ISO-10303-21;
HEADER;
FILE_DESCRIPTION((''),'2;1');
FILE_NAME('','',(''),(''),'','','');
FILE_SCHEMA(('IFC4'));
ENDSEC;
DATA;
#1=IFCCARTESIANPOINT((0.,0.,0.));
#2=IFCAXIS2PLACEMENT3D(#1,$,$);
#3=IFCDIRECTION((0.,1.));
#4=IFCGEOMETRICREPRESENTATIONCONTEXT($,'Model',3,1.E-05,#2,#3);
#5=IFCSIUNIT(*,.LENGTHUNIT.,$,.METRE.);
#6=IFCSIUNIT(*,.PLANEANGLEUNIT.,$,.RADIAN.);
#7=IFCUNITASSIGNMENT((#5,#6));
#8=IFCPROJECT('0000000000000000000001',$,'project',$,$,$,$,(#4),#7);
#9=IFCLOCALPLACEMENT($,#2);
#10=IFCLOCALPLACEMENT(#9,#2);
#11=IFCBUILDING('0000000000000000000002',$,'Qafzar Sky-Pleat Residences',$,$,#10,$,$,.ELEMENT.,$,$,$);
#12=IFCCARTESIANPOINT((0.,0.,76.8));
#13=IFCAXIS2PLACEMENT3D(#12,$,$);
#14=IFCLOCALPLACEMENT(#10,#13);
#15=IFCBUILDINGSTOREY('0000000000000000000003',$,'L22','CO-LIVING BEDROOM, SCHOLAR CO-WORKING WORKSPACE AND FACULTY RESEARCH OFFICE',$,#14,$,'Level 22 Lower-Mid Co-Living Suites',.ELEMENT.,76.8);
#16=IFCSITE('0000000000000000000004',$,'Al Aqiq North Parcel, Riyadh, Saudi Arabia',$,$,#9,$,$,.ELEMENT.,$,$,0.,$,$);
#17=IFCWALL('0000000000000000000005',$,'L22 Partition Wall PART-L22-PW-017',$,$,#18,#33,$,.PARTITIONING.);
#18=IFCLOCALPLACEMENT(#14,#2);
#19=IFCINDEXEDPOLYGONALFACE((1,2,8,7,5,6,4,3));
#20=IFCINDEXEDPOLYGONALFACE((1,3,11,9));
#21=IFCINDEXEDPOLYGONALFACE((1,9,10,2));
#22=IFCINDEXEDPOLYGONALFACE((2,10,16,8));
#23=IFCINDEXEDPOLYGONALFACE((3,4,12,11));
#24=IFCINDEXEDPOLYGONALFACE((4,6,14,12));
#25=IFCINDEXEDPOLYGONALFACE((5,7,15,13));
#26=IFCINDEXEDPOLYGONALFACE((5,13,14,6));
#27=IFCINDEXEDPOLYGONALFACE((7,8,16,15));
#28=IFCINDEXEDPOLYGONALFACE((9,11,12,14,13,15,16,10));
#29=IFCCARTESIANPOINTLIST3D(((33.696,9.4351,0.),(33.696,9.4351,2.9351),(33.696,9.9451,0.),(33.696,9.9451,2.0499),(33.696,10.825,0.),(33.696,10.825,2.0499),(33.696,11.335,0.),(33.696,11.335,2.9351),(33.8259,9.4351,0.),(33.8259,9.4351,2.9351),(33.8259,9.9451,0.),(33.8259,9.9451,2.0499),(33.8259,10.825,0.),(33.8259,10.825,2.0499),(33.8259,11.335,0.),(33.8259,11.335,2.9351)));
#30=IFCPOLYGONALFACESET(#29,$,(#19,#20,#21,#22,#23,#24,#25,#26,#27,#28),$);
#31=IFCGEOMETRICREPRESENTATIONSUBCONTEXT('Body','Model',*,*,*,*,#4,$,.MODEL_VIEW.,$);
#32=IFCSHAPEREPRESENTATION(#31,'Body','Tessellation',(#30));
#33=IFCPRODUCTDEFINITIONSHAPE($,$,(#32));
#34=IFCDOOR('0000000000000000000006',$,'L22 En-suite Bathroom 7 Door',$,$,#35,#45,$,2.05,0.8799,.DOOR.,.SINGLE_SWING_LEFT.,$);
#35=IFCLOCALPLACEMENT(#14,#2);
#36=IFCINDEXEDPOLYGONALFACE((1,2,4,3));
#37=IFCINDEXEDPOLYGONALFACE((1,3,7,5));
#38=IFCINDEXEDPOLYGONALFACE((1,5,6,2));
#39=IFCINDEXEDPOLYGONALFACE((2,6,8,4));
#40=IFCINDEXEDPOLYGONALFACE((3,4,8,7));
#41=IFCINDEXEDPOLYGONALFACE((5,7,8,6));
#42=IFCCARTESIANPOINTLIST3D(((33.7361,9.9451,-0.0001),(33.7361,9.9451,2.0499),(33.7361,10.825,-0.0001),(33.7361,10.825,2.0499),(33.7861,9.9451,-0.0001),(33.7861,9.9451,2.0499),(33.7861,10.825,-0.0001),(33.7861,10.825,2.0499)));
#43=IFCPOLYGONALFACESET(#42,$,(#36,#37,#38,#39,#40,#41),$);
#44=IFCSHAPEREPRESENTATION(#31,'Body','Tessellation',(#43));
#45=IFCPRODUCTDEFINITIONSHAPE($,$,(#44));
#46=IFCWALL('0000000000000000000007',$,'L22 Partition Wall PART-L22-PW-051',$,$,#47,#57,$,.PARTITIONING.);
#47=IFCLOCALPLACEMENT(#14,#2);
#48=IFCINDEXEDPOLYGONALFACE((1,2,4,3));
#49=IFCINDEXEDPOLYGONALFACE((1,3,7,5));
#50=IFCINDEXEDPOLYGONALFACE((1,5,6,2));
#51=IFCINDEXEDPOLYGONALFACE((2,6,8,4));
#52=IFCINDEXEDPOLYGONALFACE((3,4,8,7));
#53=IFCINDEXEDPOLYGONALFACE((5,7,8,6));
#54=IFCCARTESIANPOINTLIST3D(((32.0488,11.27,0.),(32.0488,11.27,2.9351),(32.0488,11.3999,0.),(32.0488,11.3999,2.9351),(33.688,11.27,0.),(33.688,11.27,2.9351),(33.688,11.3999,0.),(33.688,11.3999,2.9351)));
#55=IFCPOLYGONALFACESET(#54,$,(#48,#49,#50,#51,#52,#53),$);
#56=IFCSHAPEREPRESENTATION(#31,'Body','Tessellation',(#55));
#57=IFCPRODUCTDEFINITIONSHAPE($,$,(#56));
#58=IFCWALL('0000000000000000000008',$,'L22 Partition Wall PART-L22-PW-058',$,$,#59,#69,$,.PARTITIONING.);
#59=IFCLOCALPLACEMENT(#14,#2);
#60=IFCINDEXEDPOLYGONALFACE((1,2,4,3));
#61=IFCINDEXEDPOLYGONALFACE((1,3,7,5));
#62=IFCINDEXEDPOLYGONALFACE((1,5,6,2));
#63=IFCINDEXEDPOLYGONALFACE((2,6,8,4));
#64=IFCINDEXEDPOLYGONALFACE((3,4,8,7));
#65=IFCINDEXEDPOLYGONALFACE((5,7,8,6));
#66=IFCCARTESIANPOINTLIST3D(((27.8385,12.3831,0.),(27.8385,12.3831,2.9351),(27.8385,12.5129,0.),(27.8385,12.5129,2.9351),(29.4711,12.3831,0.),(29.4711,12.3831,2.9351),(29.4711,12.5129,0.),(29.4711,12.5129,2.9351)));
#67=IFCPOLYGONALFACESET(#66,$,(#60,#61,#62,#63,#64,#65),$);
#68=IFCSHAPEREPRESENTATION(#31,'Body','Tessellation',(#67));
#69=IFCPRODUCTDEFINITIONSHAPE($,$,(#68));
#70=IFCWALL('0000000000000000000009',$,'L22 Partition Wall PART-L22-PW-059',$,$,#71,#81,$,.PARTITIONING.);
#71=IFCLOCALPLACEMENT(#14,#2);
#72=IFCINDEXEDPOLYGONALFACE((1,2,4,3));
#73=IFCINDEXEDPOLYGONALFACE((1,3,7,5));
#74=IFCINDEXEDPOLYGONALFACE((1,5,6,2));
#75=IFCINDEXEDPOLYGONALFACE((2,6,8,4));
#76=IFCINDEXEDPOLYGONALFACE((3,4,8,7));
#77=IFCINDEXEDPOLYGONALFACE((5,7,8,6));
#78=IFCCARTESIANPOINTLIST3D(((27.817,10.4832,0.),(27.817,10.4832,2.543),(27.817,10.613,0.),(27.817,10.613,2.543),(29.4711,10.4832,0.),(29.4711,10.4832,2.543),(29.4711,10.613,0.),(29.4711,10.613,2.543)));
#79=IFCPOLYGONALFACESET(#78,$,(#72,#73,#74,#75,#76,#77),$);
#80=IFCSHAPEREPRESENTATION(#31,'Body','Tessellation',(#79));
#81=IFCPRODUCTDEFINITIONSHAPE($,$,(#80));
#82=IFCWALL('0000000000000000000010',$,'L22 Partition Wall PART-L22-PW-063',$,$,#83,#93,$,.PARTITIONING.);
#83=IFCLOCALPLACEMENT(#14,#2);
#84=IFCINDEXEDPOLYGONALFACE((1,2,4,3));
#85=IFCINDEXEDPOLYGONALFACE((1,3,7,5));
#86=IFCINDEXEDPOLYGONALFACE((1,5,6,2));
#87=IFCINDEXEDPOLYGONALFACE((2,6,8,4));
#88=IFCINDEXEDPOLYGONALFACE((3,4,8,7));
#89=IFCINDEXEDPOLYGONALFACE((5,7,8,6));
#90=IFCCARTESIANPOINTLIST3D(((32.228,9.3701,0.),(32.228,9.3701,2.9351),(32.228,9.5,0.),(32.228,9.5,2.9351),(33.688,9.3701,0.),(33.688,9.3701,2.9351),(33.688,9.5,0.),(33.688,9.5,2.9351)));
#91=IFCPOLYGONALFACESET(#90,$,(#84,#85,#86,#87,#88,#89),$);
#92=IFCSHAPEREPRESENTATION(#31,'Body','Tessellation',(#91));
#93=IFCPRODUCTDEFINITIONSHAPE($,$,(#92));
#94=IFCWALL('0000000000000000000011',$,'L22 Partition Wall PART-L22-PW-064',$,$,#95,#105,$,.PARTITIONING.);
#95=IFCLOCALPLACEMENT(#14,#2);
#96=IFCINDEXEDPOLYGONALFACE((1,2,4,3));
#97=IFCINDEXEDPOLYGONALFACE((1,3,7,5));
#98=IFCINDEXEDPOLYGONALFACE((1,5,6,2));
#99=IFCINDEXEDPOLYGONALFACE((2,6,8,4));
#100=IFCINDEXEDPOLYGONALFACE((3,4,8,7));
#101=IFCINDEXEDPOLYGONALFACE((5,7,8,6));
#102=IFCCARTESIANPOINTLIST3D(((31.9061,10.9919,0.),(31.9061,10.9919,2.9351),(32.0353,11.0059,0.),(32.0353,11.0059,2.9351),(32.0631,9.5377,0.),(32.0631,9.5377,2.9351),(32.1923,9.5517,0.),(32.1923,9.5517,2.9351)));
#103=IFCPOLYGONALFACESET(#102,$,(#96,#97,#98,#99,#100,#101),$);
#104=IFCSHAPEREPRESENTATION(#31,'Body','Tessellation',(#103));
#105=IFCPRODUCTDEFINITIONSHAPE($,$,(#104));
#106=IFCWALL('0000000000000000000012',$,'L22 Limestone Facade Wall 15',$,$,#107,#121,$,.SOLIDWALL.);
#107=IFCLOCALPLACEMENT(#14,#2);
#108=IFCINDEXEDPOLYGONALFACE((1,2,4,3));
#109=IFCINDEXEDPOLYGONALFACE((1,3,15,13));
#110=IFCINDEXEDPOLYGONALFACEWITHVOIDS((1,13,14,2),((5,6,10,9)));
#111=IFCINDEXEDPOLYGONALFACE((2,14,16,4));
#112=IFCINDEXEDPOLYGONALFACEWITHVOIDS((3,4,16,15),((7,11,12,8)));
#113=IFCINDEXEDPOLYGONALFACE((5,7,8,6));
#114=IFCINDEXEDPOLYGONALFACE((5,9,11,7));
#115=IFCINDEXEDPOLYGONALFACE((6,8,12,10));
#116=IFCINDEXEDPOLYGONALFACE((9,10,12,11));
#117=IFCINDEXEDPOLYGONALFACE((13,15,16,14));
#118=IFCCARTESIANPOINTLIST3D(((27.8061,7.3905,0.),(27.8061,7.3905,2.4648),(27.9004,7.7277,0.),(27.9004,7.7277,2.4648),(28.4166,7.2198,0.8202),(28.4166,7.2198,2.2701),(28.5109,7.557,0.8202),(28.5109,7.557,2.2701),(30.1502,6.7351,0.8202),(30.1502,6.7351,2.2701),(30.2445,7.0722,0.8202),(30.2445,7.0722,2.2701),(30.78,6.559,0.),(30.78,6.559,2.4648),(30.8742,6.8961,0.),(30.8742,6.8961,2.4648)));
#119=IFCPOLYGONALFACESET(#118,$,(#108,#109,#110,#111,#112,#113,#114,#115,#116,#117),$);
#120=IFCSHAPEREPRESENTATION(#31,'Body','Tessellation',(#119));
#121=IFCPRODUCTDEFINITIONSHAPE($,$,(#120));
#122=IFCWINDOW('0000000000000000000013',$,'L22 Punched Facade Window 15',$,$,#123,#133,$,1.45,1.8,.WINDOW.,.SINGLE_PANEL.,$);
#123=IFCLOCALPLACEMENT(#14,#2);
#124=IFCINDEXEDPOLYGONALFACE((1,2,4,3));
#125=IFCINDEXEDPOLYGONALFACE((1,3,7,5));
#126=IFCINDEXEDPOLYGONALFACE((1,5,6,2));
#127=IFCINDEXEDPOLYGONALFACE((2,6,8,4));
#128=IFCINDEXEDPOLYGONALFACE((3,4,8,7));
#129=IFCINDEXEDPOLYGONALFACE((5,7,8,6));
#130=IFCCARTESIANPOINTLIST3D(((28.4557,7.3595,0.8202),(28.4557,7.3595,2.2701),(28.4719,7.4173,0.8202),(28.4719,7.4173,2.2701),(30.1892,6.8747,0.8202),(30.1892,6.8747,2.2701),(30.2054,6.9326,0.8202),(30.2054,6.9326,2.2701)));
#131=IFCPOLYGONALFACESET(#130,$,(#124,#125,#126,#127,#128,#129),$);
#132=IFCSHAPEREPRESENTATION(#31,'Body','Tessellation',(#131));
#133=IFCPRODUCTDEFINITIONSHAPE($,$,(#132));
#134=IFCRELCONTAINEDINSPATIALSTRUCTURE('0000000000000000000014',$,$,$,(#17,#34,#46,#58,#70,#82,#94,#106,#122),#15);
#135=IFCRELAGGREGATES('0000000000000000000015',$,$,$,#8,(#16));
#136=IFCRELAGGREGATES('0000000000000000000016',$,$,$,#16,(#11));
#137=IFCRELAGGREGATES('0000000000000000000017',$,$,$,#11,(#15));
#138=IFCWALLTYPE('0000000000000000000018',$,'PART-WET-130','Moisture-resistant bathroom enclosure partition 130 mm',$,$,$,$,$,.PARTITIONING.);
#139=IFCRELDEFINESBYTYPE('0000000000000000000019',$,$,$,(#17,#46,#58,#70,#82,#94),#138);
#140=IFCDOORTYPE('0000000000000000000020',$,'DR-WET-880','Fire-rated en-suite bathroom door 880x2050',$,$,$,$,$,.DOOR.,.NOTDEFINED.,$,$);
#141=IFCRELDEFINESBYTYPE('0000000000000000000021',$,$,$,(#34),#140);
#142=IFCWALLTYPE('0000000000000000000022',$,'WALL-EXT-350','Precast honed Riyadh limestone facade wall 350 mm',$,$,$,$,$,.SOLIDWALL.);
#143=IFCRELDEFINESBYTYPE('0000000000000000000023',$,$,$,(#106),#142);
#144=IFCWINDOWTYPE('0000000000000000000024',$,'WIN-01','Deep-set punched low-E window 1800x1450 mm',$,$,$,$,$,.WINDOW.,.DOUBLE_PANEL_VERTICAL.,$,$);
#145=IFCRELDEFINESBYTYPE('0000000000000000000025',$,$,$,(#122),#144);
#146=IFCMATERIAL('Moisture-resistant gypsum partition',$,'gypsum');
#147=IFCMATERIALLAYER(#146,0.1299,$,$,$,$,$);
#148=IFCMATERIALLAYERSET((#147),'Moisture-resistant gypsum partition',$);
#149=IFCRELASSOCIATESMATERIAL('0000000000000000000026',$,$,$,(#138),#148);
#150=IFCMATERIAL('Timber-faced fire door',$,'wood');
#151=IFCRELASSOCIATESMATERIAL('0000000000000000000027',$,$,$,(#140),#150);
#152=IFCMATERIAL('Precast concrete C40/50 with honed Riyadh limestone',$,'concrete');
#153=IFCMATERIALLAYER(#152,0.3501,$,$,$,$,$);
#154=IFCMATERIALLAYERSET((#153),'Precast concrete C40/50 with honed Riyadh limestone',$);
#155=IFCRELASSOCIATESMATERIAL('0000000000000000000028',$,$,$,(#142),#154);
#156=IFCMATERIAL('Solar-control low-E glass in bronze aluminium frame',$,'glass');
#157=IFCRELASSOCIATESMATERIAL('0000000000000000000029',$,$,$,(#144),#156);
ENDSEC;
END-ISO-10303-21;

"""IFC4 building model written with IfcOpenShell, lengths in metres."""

from ifc_helpers import new_model, si_unit, direction, frame, frame_2d, origin, place, context, subcontext, project, spatial, rectangle, extrude, source, transform, mapped, material, layer, layer_set, type_object, element, fill, save


model = new_model("IFC4")

# Units and contexts
model_context = context("Model", 3, precision=1e-05, world=origin(), true_north=direction((0.0, 1.0)))
body_context = subcontext(model_context, "Body", "Model", "MODEL_VIEW")
ifc_project = project(units=[si_unit("LENGTHUNIT", "METRE"), si_unit("PLANEANGLEUNIT", "RADIAN")], contexts=[model_context])

# Site, building, storey
site_placement = place(None, origin())
site = spatial("IfcSite", under=ifc_project, at=site_placement, Name="Al Aqiq North Parcel, Riyadh, Saudi Arabia", CompositionType="ELEMENT", RefElevation=0.0)
building_placement = place(site_placement, origin())
building = spatial("IfcBuilding", under=site, at=building_placement, Name="Qafzar Sky-Pleat Residences", CompositionType="ELEMENT")
storey_placement = place(building_placement, frame((0.0, 0.0, 76.8)))
storey = spatial("IfcBuildingStorey", under=building, at=storey_placement, Name="L22", Description="CO-LIVING BEDROOM, SCHOLAR CO-WORKING WORKSPACE AND FACULTY RESEARCH OFFICE", LongName="Level 22 Lower-Mid Co-Living Suites", CompositionType="ELEMENT", Elevation=76.8)

# Wall, opening, door
ifc_material_1 = material(Name="Moisture-resistant gypsum partition", Category="gypsum")
ifc_layer_1 = layer(ifc_material_1, 0.1299)
ifc_layer_set_1 = layer_set([ifc_layer_1], Name="Moisture-resistant gypsum partition")
wall_type_1 = type_object("IfcWallType", Name="PART-WET-130", Description="Moisture-resistant bathroom enclosure partition 130 mm", PredefinedType="PARTITIONING", material=ifc_layer_set_1)
ifc_material_2 = material(Name="Timber-faced fire door", Category="wood")
door_type = type_object("IfcDoorType", Name="DR-WET-880", Description="Fire-rated en-suite bathroom door 880x2050", OperationType="NOTDEFINED", PredefinedType="DOOR", material=ifc_material_2)
shared_shape_1 = source(origin(), body_context, "Body", "SweptSolid", [
    extrude(rectangle(XDim=0.8799, YDim=2.05, at=frame_2d((0.4399, 1.0249))), frame((0.0, 0.0249, 0.0), z_axis=(0.0, -1.0, 0.0), x_axis=(1.0, 0.0, 0.0)), (0.0, 0.0, 1.0), 0.05),
])
wall_1_placement = place(storey_placement, frame((33.761, 9.4351, 0.0), z_axis=(0.0, 0.0, 1.0), x_axis=(0.0, 1.0, 0.0)))
wall_1 = element("IfcWall", 1, at=wall_1_placement, inside=storey, type_object=wall_type_1, Name="L22 Partition Wall PART-L22-PW-017", PredefinedType="PARTITIONING", context=body_context, shape_type="SweptSolid", body=[
    extrude(rectangle(XDim=1.8999, YDim=0.1299, at=frame_2d((0.95, 0.0))), origin(), (0.0, 0.0, 1.0), 2.9351),
])
opening_1_placement = place(wall_1_placement, frame((0.51, 0.0, 0.0)))
opening_1 = element("IfcOpeningElement", 2, at=opening_1_placement, cuts=wall_1, PredefinedType="OPENING", context=body_context, shape_type="SweptSolid", body=[
    extrude(rectangle(XDim=0.8799, YDim=2.05, at=frame_2d((0.4399, 1.0249))), frame((0.0, 0.075, 0.0), z_axis=(0.0, -1.0, 0.0), x_axis=(1.0, 0.0, 0.0)), (0.0, 0.0, 1.0), 0.1499),
])
door_1_placement = place(opening_1_placement, origin())
door_1 = element("IfcDoor", 3, at=door_1_placement, inside=storey, type_object=door_type, Name="L22 En-suite Bathroom 7 Door", OperationType="SINGLE_SWING_LEFT", OverallHeight=2.05, OverallWidth=0.8799, PredefinedType="DOOR", context=body_context, shape_type="MappedRepresentation", body=[
    mapped(shared_shape_1, transform((0.0, 0.0, 0.0), x_axis=(1.0, 0.0, 0.0), y_axis=(0.0, 1.0, 0.0), z_axis=(0.0, 0.0, 1.0), scale=1.0)),
])
fill(opening_1, door_1)

# Walls
wall_2_placement = place(storey_placement, frame((32.0488, 11.335, 0.0), z_axis=(0.0, 0.0, 1.0), x_axis=(1.0, 0.0, 0.0)))
element("IfcWall", 4, at=wall_2_placement, inside=storey, type_object=wall_type_1, Name="L22 Partition Wall PART-L22-PW-051", PredefinedType="PARTITIONING", context=body_context, shape_type="SweptSolid", body=[
    extrude(rectangle(XDim=1.6392, YDim=0.1299, at=frame_2d((0.8196, 0.0))), origin(), (0.0, 0.0, 1.0), 2.9351),
])
wall_3_placement = place(storey_placement, frame((27.8384, 12.448, 0.0), z_axis=(0.0, 0.0, 1.0), x_axis=(1.0, 0.0, 0.0)))
element("IfcWall", 5, at=wall_3_placement, inside=storey, type_object=wall_type_1, Name="L22 Partition Wall PART-L22-PW-058", PredefinedType="PARTITIONING", context=body_context, shape_type="SweptSolid", body=[
    extrude(rectangle(XDim=1.6326, YDim=0.1299, at=frame_2d((0.8164, 0.0))), origin(), (0.0, 0.0, 1.0), 2.9351),
])
wall_4_placement = place(storey_placement, frame((27.8169, 10.5481, 0.0), z_axis=(0.0, 0.0, 1.0), x_axis=(1.0, 0.0, 0.0)))
element("IfcWall", 6, at=wall_4_placement, inside=storey, type_object=wall_type_1, Name="L22 Partition Wall PART-L22-PW-059", PredefinedType="PARTITIONING", context=body_context, shape_type="SweptSolid", body=[
    extrude(rectangle(XDim=1.6541, YDim=0.1299, at=frame_2d((0.8271, 0.0))), origin(), (0.0, 0.0, 1.0), 2.543),
])
wall_5_placement = place(storey_placement, frame((32.228, 9.4351, 0.0), z_axis=(0.0, 0.0, 1.0), x_axis=(1.0, 0.0, 0.0)))
element("IfcWall", 7, at=wall_5_placement, inside=storey, type_object=wall_type_1, Name="L22 Partition Wall PART-L22-PW-063", PredefinedType="PARTITIONING", context=body_context, shape_type="SweptSolid", body=[
    extrude(rectangle(XDim=1.46, YDim=0.1299, at=frame_2d((0.73, 0.0))), origin(), (0.0, 0.0, 1.0), 2.9351),
])
wall_6_placement = place(storey_placement, frame((31.9707, 10.999, 0.0), z_axis=(0.0, 0.0, 1.0), x_axis=(0.107335, -0.994223, 0.0)))
element("IfcWall", 8, at=wall_6_placement, inside=storey, type_object=wall_type_1, Name="L22 Partition Wall PART-L22-PW-064", PredefinedType="PARTITIONING", context=body_context, shape_type="SweptSolid", body=[
    extrude(rectangle(XDim=1.4626, YDim=0.1299, at=frame_2d((0.7314, 0.0))), origin(), (0.0, 0.0, 1.0), 2.9351),
])

# Wall, opening, window
ifc_material_3 = material(Name="Precast concrete C40/50 with honed Riyadh limestone", Category="concrete")
ifc_layer_2 = layer(ifc_material_3, 0.3501)
ifc_layer_set_2 = layer_set([ifc_layer_2], Name="Precast concrete C40/50 with honed Riyadh limestone")
wall_type_2 = type_object("IfcWallType", Name="WALL-EXT-350", Description="Precast honed Riyadh limestone facade wall 350 mm", PredefinedType="SOLIDWALL", material=ifc_layer_set_2)
wall_7_placement = place(storey_placement, frame((27.8533, 7.5591, 0.0), z_axis=(0.0, 0.0, 1.0), x_axis=(0.96306, -0.269287, 0.0)))
wall_7 = element("IfcWall", 9, at=wall_7_placement, inside=storey, type_object=wall_type_2, Name="L22 Limestone Facade Wall 15", PredefinedType="SOLIDWALL", context=body_context, shape_type="SweptSolid", body=[
    extrude(rectangle(XDim=3.0879, YDim=0.3501, at=frame_2d((1.5439, 0.0))), origin(), (0.0, 0.0, 1.0), 2.4648),
])
opening_2_placement = place(wall_7_placement, frame((0.634, 0.0, 0.8201)))
opening_2 = element("IfcOpeningElement", 10, at=opening_2_placement, cuts=wall_7, PredefinedType="OPENING", context=body_context, shape_type="SweptSolid", body=[
    extrude(rectangle(XDim=1.8, YDim=1.45, at=frame_2d((0.8999, 0.7251))), frame((0.0, 0.1851, 0.0), z_axis=(0.0, -1.0, 0.0), x_axis=(1.0, 0.0, 0.0)), (0.0, 0.0, 1.0), 0.3701),
])
ifc_material_4 = material(Name="Solar-control low-E glass in bronze aluminium frame", Category="glass")
window_type_1 = type_object("IfcWindowType", Name="WIN-01", Description="Deep-set punched low-E window 1800x1450 mm", PartitioningType="DOUBLE_PANEL_VERTICAL", PredefinedType="WINDOW", material=ifc_material_4)
shared_shape_2 = source(origin(), body_context, "Body", "SweptSolid", [
    extrude(rectangle(XDim=1.8, YDim=1.45, at=frame_2d((0.8999, 0.7251))), frame((0.0, 0.03, 0.0), z_axis=(0.0, -1.0, 0.0), x_axis=(1.0, 0.0, 0.0)), (0.0, 0.0, 1.0), 0.0601),
])
window_1_placement = place(opening_2_placement, origin())
window_1 = element("IfcWindow", 11, at=window_1_placement, inside=storey, type_object=window_type_1, Name="L22 Punched Facade Window 15", OverallHeight=1.45, OverallWidth=1.8, PartitioningType="SINGLE_PANEL", PredefinedType="WINDOW", context=body_context, shape_type="MappedRepresentation", body=[
    mapped(shared_shape_2, transform((0.0, 0.0, 0.0), x_axis=(1.0, 0.0, 0.0), y_axis=(0.0, 1.0, 0.0), z_axis=(0.0, 0.0, 1.0), scale=1.0)),
])
fill(opening_2, window_1)

save(model, "model.ifc")
